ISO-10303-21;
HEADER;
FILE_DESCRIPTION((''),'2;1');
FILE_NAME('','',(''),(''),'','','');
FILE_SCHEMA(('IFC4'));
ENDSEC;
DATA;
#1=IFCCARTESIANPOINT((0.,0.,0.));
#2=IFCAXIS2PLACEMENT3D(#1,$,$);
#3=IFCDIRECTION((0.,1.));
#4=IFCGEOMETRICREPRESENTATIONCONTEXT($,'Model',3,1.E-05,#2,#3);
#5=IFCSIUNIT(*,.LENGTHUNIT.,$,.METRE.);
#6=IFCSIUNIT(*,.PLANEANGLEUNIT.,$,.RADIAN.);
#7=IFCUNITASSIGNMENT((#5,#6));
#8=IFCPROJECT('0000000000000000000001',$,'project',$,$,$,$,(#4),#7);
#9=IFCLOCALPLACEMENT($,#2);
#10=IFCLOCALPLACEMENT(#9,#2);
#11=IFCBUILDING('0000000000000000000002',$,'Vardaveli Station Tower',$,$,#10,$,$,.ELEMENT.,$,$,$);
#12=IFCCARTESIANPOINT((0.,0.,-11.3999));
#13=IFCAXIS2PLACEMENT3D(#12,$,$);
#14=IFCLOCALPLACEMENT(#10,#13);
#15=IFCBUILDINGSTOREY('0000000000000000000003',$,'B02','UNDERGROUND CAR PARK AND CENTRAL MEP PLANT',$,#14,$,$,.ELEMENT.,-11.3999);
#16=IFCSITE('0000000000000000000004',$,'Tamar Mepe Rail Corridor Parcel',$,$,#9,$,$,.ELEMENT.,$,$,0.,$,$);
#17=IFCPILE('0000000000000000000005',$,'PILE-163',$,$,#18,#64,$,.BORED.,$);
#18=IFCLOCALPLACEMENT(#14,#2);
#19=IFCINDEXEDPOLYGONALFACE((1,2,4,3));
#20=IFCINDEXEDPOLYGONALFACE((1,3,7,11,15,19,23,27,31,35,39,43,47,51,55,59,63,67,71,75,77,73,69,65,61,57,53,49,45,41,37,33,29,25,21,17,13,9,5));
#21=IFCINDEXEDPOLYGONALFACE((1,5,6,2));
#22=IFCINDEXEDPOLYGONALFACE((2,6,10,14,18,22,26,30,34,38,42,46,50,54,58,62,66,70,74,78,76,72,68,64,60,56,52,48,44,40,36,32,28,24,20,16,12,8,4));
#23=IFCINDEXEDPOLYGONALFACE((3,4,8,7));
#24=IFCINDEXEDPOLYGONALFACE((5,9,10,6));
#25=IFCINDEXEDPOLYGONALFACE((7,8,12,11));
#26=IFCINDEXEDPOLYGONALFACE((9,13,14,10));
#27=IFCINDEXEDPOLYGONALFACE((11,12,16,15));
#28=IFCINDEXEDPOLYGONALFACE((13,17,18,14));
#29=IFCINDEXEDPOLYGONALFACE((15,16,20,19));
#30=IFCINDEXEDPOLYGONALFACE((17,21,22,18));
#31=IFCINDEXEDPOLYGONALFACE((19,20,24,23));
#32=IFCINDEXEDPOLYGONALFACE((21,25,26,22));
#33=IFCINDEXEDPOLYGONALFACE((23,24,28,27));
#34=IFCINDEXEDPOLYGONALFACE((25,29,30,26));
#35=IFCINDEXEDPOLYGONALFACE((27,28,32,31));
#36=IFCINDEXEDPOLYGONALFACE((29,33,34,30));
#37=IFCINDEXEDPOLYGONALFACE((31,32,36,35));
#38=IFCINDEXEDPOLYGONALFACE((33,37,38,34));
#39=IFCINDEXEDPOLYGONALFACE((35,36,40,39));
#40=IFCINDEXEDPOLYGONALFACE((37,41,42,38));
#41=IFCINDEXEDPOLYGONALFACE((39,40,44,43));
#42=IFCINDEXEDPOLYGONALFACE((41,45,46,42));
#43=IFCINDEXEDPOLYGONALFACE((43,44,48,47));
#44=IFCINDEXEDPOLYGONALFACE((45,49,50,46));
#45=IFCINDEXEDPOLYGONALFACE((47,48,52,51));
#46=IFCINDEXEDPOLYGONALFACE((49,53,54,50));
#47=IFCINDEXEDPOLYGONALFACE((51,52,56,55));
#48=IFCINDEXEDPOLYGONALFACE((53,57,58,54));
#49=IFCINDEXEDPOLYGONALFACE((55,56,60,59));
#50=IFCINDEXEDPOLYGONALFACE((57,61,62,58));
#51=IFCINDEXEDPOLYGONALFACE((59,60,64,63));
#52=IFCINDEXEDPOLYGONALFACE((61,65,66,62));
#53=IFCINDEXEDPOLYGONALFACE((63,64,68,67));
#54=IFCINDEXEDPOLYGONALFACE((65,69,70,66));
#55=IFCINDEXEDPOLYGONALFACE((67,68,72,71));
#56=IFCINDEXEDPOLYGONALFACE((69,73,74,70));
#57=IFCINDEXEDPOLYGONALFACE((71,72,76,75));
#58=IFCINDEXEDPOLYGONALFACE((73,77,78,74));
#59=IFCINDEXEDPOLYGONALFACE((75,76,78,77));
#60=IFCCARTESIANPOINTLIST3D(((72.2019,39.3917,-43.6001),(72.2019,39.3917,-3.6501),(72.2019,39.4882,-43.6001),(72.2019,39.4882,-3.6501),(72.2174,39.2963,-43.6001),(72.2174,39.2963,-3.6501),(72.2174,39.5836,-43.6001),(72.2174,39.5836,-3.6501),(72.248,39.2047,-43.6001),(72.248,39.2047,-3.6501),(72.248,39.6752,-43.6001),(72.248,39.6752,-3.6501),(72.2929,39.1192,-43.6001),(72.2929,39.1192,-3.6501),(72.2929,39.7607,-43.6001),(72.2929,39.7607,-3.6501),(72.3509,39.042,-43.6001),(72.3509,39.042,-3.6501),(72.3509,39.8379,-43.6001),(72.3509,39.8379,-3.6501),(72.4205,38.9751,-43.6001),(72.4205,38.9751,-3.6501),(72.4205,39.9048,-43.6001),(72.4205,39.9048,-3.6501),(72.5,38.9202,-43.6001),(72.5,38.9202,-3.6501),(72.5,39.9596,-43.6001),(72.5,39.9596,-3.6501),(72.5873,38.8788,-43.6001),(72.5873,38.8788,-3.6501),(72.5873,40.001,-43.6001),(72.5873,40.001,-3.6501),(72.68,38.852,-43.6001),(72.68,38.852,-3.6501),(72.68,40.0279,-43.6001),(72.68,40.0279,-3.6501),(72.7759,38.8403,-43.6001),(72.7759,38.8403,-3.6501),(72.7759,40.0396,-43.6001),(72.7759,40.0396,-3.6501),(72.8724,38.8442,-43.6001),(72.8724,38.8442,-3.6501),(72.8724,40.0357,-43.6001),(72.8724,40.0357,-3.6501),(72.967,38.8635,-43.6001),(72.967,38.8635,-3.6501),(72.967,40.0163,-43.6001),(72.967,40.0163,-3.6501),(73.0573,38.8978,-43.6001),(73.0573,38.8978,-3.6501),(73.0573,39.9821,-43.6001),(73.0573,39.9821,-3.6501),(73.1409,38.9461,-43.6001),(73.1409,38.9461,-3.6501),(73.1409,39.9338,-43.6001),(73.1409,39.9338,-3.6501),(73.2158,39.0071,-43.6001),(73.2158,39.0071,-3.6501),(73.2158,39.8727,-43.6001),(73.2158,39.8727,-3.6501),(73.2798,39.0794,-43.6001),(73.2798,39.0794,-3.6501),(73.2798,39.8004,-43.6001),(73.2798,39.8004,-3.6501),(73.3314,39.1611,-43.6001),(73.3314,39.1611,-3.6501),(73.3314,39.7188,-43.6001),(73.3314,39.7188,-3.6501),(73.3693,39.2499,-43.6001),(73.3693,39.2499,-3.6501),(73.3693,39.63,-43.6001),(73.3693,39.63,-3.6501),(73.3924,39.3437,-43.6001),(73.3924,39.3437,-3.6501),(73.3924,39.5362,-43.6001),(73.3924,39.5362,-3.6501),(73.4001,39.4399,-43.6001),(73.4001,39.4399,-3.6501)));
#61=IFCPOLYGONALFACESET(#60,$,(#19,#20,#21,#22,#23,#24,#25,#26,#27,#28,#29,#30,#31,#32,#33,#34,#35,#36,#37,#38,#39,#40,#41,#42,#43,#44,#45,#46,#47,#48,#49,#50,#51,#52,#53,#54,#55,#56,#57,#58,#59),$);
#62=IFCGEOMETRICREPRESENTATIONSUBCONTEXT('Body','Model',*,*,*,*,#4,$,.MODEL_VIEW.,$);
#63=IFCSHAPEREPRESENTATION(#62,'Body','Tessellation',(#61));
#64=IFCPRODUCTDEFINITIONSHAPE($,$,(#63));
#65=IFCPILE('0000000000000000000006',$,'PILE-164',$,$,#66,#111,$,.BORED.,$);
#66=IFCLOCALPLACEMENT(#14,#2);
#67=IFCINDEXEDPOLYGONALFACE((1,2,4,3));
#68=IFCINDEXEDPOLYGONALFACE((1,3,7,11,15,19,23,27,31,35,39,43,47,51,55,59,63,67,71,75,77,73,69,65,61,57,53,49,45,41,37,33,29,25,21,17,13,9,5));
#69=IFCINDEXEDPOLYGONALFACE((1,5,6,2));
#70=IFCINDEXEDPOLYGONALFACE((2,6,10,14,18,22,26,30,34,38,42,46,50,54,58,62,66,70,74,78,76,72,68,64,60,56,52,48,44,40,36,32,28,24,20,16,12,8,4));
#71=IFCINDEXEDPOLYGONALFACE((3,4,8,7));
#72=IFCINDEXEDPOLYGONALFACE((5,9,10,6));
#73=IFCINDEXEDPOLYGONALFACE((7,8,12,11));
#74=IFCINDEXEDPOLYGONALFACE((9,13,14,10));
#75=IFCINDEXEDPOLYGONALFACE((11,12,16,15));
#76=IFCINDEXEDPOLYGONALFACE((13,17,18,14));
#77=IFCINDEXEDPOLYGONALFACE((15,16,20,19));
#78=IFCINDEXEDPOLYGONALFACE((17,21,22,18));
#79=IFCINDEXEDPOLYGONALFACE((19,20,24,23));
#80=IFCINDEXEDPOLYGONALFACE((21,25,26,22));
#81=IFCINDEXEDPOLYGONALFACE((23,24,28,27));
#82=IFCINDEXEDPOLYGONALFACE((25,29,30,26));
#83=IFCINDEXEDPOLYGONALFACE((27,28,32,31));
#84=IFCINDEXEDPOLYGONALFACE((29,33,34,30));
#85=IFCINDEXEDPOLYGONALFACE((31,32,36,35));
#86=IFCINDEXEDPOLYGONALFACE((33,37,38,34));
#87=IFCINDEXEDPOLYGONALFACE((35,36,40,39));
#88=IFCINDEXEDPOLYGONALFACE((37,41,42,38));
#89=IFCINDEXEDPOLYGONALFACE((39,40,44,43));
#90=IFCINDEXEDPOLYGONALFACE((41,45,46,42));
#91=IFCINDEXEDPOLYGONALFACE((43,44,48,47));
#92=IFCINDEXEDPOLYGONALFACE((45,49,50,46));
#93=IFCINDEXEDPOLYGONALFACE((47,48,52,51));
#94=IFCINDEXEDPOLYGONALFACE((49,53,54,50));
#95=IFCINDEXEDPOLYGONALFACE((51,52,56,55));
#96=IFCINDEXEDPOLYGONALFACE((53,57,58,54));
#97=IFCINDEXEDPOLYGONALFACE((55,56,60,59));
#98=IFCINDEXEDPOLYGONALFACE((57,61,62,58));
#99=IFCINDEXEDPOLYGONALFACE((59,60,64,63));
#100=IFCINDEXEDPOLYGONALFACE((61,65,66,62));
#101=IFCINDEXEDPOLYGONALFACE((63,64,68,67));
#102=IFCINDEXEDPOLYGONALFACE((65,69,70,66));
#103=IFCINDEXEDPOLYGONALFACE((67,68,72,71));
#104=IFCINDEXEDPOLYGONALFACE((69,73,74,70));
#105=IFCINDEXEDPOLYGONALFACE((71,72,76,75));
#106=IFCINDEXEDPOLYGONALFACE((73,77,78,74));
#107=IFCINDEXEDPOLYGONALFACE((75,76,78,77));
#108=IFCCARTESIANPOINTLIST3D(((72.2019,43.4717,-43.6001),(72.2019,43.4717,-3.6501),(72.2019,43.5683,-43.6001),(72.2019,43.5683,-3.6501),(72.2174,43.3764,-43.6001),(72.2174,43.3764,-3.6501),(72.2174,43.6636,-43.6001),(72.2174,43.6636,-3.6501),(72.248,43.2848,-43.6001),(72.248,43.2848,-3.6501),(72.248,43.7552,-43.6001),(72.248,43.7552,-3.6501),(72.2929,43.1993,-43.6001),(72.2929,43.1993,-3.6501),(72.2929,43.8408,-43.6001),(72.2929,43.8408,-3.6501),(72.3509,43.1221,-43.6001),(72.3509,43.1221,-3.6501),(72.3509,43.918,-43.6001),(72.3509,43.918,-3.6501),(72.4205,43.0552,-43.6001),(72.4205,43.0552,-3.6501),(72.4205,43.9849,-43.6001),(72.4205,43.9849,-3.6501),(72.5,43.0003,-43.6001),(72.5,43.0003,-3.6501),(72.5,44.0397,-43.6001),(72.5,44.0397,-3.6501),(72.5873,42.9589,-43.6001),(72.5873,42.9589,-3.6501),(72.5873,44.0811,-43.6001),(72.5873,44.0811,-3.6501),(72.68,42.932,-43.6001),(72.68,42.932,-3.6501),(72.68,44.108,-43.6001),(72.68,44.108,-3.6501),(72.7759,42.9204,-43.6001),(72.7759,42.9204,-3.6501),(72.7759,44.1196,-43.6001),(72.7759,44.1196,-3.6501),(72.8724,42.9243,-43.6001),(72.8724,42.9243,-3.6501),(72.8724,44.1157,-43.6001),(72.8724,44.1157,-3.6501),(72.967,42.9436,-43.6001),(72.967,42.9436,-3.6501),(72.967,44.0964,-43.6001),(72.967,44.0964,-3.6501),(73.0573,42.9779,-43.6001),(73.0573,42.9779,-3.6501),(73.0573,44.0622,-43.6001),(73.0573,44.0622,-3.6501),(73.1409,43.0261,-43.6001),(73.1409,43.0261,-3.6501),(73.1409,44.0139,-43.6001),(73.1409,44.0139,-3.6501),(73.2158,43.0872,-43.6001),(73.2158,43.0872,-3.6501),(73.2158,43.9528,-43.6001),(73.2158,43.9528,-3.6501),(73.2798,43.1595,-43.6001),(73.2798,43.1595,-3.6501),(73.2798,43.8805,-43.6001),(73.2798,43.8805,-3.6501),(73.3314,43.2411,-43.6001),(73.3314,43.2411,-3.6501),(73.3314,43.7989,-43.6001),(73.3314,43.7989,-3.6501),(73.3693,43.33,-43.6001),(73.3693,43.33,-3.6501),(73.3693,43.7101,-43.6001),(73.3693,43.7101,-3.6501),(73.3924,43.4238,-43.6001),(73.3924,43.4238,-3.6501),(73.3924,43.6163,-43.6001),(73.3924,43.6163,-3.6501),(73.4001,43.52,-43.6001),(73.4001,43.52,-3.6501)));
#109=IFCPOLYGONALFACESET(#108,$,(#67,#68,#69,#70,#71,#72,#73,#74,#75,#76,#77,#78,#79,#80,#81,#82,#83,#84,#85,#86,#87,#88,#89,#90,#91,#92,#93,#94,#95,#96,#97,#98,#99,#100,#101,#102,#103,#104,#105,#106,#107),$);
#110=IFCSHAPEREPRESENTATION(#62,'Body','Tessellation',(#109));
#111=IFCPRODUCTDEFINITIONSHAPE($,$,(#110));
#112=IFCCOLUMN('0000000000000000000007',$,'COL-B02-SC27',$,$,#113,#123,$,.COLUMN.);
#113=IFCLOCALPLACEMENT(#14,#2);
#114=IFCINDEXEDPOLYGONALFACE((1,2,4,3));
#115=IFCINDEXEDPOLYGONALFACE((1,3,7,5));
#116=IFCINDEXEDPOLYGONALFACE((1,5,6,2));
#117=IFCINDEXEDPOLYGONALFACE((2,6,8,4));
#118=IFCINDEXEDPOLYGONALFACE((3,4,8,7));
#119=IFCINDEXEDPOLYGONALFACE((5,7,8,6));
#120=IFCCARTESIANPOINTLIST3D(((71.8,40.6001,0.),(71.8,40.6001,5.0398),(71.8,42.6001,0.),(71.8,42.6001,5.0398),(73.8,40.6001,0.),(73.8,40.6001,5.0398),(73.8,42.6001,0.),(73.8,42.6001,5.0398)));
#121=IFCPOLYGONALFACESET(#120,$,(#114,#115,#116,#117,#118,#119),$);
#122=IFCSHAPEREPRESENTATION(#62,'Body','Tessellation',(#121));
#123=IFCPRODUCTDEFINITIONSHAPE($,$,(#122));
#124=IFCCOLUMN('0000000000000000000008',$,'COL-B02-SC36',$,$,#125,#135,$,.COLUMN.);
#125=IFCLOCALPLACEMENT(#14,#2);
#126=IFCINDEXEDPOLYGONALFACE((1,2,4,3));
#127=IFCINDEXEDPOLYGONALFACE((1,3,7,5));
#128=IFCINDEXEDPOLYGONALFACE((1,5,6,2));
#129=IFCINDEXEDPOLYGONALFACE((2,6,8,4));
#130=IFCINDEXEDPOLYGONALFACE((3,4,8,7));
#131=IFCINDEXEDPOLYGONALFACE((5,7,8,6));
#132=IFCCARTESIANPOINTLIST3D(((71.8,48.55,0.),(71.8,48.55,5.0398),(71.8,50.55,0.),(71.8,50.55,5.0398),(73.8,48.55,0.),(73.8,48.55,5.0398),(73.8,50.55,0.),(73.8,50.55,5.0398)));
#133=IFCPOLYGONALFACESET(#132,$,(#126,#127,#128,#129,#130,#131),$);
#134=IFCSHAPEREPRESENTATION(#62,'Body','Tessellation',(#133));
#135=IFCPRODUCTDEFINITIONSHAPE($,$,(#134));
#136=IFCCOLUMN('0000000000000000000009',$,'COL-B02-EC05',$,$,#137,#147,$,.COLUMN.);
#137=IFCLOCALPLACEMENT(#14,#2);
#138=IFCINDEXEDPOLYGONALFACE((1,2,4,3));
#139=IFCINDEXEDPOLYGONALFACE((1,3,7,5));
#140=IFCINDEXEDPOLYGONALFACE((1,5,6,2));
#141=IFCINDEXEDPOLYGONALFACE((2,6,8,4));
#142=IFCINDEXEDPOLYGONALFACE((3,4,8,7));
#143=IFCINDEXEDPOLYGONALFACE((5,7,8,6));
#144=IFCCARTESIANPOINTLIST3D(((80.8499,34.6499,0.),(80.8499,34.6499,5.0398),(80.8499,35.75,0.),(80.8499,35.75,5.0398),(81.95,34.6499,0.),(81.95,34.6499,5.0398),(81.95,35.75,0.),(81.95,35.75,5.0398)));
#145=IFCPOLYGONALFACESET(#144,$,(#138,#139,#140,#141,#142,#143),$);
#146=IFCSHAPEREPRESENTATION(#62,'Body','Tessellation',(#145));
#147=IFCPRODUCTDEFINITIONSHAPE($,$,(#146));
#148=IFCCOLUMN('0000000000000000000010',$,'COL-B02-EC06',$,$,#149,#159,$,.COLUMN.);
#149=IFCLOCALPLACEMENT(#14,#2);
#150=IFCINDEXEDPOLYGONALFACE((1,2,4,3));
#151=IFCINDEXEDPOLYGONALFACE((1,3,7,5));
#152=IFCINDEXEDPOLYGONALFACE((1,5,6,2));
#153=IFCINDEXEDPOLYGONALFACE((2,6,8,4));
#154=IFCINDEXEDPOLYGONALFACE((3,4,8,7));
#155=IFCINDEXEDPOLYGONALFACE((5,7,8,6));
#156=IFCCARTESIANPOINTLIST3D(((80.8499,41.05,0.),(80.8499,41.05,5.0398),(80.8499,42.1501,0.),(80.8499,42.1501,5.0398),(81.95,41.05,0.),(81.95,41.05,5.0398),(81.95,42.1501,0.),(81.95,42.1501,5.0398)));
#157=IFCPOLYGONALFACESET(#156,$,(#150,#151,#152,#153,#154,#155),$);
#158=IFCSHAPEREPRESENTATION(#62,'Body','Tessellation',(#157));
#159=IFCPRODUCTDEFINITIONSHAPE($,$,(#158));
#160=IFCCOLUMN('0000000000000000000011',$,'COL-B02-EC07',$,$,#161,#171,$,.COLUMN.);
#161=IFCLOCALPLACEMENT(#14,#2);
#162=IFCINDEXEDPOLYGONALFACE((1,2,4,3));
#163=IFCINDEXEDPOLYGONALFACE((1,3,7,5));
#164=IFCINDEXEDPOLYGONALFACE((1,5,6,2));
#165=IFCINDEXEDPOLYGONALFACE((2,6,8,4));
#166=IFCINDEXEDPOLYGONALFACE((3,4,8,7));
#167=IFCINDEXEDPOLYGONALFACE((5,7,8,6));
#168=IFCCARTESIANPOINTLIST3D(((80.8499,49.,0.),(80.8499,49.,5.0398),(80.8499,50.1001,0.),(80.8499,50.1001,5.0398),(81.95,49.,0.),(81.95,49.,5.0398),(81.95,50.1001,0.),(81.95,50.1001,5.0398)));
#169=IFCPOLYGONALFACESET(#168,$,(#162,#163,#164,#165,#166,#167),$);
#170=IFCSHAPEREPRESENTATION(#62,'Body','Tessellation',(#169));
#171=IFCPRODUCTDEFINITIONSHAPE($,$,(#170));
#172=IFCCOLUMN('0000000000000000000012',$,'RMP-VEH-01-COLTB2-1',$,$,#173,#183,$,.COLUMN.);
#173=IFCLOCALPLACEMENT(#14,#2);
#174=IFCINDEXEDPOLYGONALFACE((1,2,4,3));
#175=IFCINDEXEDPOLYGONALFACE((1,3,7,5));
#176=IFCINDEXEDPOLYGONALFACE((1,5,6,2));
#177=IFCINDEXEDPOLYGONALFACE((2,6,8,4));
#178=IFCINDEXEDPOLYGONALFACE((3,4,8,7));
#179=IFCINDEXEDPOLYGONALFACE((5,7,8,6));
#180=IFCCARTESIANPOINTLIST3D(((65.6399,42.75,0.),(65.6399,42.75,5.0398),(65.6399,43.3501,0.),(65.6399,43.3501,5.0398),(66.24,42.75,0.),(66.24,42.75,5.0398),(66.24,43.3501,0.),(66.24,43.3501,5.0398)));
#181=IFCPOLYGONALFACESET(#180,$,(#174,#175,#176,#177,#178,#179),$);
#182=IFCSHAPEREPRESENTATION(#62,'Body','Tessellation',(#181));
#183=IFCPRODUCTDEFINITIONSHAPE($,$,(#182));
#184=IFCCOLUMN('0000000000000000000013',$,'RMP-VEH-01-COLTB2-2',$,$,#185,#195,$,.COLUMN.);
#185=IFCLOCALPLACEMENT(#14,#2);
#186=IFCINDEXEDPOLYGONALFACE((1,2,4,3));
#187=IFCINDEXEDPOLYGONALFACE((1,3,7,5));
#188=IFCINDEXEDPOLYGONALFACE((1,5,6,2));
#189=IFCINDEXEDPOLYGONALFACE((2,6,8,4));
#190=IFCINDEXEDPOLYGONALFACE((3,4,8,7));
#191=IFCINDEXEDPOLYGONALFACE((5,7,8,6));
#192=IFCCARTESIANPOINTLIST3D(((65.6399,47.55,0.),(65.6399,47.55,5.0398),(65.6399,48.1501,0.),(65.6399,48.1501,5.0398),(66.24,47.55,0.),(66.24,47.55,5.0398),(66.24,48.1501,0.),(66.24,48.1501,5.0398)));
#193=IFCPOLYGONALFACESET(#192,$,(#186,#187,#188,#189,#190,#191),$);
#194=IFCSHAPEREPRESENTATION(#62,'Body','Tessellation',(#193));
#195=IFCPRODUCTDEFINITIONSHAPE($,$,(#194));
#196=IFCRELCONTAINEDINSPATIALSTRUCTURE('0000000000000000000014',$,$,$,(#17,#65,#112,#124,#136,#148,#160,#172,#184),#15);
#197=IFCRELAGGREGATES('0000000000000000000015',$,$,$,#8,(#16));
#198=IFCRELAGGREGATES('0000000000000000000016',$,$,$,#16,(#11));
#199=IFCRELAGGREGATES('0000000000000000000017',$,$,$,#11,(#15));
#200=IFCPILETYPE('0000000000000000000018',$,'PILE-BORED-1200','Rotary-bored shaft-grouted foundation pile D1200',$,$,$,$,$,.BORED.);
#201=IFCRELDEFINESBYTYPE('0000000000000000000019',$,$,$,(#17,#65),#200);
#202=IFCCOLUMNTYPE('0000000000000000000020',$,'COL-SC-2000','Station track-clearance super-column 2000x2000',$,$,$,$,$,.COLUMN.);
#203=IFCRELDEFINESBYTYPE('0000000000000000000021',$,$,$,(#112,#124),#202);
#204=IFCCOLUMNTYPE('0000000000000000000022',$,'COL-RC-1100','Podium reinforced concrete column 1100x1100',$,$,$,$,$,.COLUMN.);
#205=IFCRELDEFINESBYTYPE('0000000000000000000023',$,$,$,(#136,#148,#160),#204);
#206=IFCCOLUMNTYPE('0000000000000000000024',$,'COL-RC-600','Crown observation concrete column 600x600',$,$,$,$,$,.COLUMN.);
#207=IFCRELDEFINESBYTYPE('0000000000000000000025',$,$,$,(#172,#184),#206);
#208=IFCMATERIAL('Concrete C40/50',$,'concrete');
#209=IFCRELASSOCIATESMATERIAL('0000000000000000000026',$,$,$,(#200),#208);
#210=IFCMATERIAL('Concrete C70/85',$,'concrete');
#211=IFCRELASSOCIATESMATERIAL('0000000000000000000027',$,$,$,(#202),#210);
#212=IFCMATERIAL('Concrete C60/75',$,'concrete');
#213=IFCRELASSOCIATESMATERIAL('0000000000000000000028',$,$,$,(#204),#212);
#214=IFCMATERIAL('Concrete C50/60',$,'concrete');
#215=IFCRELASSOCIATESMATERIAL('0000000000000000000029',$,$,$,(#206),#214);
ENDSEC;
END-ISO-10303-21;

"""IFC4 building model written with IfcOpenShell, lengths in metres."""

from ifc_helpers import new_model, si_unit, direction, frame, origin, origin_2d, place, context, subcontext, project, spatial, rectangle, circle, extrude, source, transform, mapped, material, material_profile, profile_set, type_object, element, save


model = new_model("IFC4")

# Units and contexts
model_context = context("Model", 3, precision=1e-05, world=origin(), true_north=direction((0.0, 1.0)))
body_context = subcontext(model_context, "Body", "Model", "MODEL_VIEW")
ifc_project = project(units=[si_unit("LENGTHUNIT", "METRE"), si_unit("PLANEANGLEUNIT", "RADIAN")], contexts=[model_context])

# Site, building, storey
site_placement = place(None, origin())
site = spatial("IfcSite", under=ifc_project, at=site_placement, Name="Tamar Mepe Rail Corridor Parcel", CompositionType="ELEMENT", RefElevation=0.0)
building_placement = place(site_placement, origin())
building = spatial("IfcBuilding", under=site, at=building_placement, Name="Vardaveli Station Tower", CompositionType="ELEMENT")
storey_placement = place(building_placement, frame((0.0, 0.0, -11.3999)))
storey = spatial("IfcBuildingStorey", under=building, at=storey_placement, Name="B02", Description="UNDERGROUND CAR PARK AND CENTRAL MEP PLANT", CompositionType="ELEMENT", Elevation=-11.3999)

# Piles
ifc_material_1 = material(Name="Concrete C40/50", Category="concrete")
ifc_material_profile_1 = material_profile(ifc_material_1, circle(Radius=0.6001, at=origin_2d()), Name="PILE D1200")
ifc_profile_set_1 = profile_set([ifc_material_profile_1], Name="Concrete C40/50")
pile_type = type_object("IfcPileType", Name="PILE-BORED-1200", Description="Rotary-bored shaft-grouted foundation pile D1200", PredefinedType="BORED", material=ifc_profile_set_1)
shared_shape_1 = source(origin(), body_context, "Body", "SweptSolid", [
    extrude(circle(Radius=0.6001, at=origin_2d()), origin(), (0.0, 0.0, 1.0), 39.95),
])
for number, where, z_axis, x_axis, name in (
    (1, (72.8, 39.4399, -3.6501), (0.0, 0.0, -1.0), (1.0, 0.0, 0.0), "PILE-163"),
    (2, (72.8, 43.52, -3.6501), (0.0, 0.0, -1.0), (1.0, 0.0, 0.0), "PILE-164"),
):
    element("IfcPile", number, at=place(storey_placement, frame(where, z_axis=z_axis, x_axis=x_axis)), inside=storey, type_object=pile_type, Name=name, PredefinedType="BORED", context=body_context, shape_type="MappedRepresentation", body=[
        mapped(shared_shape_1, transform((0.0, 0.0, 0.0), scale=1.0)),
    ])

# Columns
ifc_material_2 = material(Name="Concrete C70/85", Category="concrete")
ifc_material_profile_2 = material_profile(ifc_material_2, rectangle(XDim=2.0, YDim=2.0, at=origin_2d()), Name="SC 2000x2000")
ifc_profile_set_2 = profile_set([ifc_material_profile_2], Name="Concrete C70/85")
column_type_1 = type_object("IfcColumnType", Name="COL-SC-2000", Description="Station track-clearance super-column 2000x2000", PredefinedType="COLUMN", material=ifc_profile_set_2)
shared_shape_2 = source(origin(), body_context, "Body", "SweptSolid", [
    extrude(rectangle(XDim=2.0, YDim=2.0, at=origin_2d()), origin(), (0.0, 0.0, 1.0), 5.0398),
])
for number, where, z_axis, x_axis, name in (
    (3, (72.8, 41.6001, 0.0), (0.0, 0.0, 1.0), (1.0, 0.0, 0.0), "COL-B02-SC27"),
    (4, (72.8, 49.55, 0.0), (0.0, 0.0, 1.0), (1.0, 0.0, 0.0), "COL-B02-SC36"),
):
    element("IfcColumn", number, at=place(storey_placement, frame(where, z_axis=z_axis, x_axis=x_axis)), inside=storey, type_object=column_type_1, Name=name, PredefinedType="COLUMN", context=body_context, shape_type="MappedRepresentation", body=[
        mapped(shared_shape_2, transform((0.0, 0.0, 0.0), scale=1.0)),
    ])
ifc_material_3 = material(Name="Concrete C60/75", Category="concrete")
ifc_material_profile_3 = material_profile(ifc_material_3, rectangle(XDim=1.1001, YDim=1.1001, at=origin_2d()), Name="RC 1100x1100")
ifc_profile_set_3 = profile_set([ifc_material_profile_3], Name="Concrete C60/75")
column_type_2 = type_object("IfcColumnType", Name="COL-RC-1100", Description="Podium reinforced concrete column 1100x1100", PredefinedType="COLUMN", material=ifc_profile_set_3)
shared_shape_3 = source(origin(), body_context, "Body", "SweptSolid", [
    extrude(rectangle(XDim=1.1001, YDim=1.1001, at=origin_2d()), origin(), (0.0, 0.0, 1.0), 5.0398),
])
for number, where, z_axis, x_axis, name in (
    (5, (81.3999, 35.2, 0.0), (0.0, 0.0, 1.0), (1.0, 0.0, 0.0), "COL-B02-EC05"),
    (6, (81.3999, 41.6001, 0.0), (0.0, 0.0, 1.0), (1.0, 0.0, 0.0), "COL-B02-EC06"),
    (7, (81.3999, 49.55, 0.0), (0.0, 0.0, 1.0), (1.0, 0.0, 0.0), "COL-B02-EC07"),
):
    element("IfcColumn", number, at=place(storey_placement, frame(where, z_axis=z_axis, x_axis=x_axis)), inside=storey, type_object=column_type_2, Name=name, PredefinedType="COLUMN", context=body_context, shape_type="MappedRepresentation", body=[
        mapped(shared_shape_3, transform((0.0, 0.0, 0.0), scale=1.0)),
    ])
ifc_material_4 = material(Name="Concrete C50/60", Category="concrete")
ifc_material_profile_4 = material_profile(ifc_material_4, rectangle(XDim=0.6001, YDim=0.6001, at=origin_2d()), Name="RC 600x600")
ifc_profile_set_4 = profile_set([ifc_material_profile_4], Name="Concrete C50/60")
column_type_3 = type_object("IfcColumnType", Name="COL-RC-600", Description="Crown observation concrete column 600x600", PredefinedType="COLUMN", material=ifc_profile_set_4)
shared_shape_4 = source(origin(), body_context, "Body", "SweptSolid", [
    extrude(rectangle(XDim=0.6001, YDim=0.6001, at=origin_2d()), origin(), (0.0, 0.0, 1.0), 5.0398),
])
for number, where, z_axis, x_axis, name in (
    (8, (65.9399, 43.05, 0.0), (0.0, 0.0, 1.0), (1.0, 0.0, 0.0), "RMP-VEH-01-COLTB2-1"),
    (9, (65.9399, 47.8501, 0.0), (0.0, 0.0, 1.0), (1.0, 0.0, 0.0), "RMP-VEH-01-COLTB2-2"),
):
    element("IfcColumn", number, at=place(storey_placement, frame(where, z_axis=z_axis, x_axis=x_axis)), inside=storey, type_object=column_type_3, Name=name, PredefinedType="COLUMN", context=body_context, shape_type="MappedRepresentation", body=[
        mapped(shared_shape_4, transform((0.0, 0.0, 0.0), scale=1.0)),
    ])

save(model, "model.ifc")
